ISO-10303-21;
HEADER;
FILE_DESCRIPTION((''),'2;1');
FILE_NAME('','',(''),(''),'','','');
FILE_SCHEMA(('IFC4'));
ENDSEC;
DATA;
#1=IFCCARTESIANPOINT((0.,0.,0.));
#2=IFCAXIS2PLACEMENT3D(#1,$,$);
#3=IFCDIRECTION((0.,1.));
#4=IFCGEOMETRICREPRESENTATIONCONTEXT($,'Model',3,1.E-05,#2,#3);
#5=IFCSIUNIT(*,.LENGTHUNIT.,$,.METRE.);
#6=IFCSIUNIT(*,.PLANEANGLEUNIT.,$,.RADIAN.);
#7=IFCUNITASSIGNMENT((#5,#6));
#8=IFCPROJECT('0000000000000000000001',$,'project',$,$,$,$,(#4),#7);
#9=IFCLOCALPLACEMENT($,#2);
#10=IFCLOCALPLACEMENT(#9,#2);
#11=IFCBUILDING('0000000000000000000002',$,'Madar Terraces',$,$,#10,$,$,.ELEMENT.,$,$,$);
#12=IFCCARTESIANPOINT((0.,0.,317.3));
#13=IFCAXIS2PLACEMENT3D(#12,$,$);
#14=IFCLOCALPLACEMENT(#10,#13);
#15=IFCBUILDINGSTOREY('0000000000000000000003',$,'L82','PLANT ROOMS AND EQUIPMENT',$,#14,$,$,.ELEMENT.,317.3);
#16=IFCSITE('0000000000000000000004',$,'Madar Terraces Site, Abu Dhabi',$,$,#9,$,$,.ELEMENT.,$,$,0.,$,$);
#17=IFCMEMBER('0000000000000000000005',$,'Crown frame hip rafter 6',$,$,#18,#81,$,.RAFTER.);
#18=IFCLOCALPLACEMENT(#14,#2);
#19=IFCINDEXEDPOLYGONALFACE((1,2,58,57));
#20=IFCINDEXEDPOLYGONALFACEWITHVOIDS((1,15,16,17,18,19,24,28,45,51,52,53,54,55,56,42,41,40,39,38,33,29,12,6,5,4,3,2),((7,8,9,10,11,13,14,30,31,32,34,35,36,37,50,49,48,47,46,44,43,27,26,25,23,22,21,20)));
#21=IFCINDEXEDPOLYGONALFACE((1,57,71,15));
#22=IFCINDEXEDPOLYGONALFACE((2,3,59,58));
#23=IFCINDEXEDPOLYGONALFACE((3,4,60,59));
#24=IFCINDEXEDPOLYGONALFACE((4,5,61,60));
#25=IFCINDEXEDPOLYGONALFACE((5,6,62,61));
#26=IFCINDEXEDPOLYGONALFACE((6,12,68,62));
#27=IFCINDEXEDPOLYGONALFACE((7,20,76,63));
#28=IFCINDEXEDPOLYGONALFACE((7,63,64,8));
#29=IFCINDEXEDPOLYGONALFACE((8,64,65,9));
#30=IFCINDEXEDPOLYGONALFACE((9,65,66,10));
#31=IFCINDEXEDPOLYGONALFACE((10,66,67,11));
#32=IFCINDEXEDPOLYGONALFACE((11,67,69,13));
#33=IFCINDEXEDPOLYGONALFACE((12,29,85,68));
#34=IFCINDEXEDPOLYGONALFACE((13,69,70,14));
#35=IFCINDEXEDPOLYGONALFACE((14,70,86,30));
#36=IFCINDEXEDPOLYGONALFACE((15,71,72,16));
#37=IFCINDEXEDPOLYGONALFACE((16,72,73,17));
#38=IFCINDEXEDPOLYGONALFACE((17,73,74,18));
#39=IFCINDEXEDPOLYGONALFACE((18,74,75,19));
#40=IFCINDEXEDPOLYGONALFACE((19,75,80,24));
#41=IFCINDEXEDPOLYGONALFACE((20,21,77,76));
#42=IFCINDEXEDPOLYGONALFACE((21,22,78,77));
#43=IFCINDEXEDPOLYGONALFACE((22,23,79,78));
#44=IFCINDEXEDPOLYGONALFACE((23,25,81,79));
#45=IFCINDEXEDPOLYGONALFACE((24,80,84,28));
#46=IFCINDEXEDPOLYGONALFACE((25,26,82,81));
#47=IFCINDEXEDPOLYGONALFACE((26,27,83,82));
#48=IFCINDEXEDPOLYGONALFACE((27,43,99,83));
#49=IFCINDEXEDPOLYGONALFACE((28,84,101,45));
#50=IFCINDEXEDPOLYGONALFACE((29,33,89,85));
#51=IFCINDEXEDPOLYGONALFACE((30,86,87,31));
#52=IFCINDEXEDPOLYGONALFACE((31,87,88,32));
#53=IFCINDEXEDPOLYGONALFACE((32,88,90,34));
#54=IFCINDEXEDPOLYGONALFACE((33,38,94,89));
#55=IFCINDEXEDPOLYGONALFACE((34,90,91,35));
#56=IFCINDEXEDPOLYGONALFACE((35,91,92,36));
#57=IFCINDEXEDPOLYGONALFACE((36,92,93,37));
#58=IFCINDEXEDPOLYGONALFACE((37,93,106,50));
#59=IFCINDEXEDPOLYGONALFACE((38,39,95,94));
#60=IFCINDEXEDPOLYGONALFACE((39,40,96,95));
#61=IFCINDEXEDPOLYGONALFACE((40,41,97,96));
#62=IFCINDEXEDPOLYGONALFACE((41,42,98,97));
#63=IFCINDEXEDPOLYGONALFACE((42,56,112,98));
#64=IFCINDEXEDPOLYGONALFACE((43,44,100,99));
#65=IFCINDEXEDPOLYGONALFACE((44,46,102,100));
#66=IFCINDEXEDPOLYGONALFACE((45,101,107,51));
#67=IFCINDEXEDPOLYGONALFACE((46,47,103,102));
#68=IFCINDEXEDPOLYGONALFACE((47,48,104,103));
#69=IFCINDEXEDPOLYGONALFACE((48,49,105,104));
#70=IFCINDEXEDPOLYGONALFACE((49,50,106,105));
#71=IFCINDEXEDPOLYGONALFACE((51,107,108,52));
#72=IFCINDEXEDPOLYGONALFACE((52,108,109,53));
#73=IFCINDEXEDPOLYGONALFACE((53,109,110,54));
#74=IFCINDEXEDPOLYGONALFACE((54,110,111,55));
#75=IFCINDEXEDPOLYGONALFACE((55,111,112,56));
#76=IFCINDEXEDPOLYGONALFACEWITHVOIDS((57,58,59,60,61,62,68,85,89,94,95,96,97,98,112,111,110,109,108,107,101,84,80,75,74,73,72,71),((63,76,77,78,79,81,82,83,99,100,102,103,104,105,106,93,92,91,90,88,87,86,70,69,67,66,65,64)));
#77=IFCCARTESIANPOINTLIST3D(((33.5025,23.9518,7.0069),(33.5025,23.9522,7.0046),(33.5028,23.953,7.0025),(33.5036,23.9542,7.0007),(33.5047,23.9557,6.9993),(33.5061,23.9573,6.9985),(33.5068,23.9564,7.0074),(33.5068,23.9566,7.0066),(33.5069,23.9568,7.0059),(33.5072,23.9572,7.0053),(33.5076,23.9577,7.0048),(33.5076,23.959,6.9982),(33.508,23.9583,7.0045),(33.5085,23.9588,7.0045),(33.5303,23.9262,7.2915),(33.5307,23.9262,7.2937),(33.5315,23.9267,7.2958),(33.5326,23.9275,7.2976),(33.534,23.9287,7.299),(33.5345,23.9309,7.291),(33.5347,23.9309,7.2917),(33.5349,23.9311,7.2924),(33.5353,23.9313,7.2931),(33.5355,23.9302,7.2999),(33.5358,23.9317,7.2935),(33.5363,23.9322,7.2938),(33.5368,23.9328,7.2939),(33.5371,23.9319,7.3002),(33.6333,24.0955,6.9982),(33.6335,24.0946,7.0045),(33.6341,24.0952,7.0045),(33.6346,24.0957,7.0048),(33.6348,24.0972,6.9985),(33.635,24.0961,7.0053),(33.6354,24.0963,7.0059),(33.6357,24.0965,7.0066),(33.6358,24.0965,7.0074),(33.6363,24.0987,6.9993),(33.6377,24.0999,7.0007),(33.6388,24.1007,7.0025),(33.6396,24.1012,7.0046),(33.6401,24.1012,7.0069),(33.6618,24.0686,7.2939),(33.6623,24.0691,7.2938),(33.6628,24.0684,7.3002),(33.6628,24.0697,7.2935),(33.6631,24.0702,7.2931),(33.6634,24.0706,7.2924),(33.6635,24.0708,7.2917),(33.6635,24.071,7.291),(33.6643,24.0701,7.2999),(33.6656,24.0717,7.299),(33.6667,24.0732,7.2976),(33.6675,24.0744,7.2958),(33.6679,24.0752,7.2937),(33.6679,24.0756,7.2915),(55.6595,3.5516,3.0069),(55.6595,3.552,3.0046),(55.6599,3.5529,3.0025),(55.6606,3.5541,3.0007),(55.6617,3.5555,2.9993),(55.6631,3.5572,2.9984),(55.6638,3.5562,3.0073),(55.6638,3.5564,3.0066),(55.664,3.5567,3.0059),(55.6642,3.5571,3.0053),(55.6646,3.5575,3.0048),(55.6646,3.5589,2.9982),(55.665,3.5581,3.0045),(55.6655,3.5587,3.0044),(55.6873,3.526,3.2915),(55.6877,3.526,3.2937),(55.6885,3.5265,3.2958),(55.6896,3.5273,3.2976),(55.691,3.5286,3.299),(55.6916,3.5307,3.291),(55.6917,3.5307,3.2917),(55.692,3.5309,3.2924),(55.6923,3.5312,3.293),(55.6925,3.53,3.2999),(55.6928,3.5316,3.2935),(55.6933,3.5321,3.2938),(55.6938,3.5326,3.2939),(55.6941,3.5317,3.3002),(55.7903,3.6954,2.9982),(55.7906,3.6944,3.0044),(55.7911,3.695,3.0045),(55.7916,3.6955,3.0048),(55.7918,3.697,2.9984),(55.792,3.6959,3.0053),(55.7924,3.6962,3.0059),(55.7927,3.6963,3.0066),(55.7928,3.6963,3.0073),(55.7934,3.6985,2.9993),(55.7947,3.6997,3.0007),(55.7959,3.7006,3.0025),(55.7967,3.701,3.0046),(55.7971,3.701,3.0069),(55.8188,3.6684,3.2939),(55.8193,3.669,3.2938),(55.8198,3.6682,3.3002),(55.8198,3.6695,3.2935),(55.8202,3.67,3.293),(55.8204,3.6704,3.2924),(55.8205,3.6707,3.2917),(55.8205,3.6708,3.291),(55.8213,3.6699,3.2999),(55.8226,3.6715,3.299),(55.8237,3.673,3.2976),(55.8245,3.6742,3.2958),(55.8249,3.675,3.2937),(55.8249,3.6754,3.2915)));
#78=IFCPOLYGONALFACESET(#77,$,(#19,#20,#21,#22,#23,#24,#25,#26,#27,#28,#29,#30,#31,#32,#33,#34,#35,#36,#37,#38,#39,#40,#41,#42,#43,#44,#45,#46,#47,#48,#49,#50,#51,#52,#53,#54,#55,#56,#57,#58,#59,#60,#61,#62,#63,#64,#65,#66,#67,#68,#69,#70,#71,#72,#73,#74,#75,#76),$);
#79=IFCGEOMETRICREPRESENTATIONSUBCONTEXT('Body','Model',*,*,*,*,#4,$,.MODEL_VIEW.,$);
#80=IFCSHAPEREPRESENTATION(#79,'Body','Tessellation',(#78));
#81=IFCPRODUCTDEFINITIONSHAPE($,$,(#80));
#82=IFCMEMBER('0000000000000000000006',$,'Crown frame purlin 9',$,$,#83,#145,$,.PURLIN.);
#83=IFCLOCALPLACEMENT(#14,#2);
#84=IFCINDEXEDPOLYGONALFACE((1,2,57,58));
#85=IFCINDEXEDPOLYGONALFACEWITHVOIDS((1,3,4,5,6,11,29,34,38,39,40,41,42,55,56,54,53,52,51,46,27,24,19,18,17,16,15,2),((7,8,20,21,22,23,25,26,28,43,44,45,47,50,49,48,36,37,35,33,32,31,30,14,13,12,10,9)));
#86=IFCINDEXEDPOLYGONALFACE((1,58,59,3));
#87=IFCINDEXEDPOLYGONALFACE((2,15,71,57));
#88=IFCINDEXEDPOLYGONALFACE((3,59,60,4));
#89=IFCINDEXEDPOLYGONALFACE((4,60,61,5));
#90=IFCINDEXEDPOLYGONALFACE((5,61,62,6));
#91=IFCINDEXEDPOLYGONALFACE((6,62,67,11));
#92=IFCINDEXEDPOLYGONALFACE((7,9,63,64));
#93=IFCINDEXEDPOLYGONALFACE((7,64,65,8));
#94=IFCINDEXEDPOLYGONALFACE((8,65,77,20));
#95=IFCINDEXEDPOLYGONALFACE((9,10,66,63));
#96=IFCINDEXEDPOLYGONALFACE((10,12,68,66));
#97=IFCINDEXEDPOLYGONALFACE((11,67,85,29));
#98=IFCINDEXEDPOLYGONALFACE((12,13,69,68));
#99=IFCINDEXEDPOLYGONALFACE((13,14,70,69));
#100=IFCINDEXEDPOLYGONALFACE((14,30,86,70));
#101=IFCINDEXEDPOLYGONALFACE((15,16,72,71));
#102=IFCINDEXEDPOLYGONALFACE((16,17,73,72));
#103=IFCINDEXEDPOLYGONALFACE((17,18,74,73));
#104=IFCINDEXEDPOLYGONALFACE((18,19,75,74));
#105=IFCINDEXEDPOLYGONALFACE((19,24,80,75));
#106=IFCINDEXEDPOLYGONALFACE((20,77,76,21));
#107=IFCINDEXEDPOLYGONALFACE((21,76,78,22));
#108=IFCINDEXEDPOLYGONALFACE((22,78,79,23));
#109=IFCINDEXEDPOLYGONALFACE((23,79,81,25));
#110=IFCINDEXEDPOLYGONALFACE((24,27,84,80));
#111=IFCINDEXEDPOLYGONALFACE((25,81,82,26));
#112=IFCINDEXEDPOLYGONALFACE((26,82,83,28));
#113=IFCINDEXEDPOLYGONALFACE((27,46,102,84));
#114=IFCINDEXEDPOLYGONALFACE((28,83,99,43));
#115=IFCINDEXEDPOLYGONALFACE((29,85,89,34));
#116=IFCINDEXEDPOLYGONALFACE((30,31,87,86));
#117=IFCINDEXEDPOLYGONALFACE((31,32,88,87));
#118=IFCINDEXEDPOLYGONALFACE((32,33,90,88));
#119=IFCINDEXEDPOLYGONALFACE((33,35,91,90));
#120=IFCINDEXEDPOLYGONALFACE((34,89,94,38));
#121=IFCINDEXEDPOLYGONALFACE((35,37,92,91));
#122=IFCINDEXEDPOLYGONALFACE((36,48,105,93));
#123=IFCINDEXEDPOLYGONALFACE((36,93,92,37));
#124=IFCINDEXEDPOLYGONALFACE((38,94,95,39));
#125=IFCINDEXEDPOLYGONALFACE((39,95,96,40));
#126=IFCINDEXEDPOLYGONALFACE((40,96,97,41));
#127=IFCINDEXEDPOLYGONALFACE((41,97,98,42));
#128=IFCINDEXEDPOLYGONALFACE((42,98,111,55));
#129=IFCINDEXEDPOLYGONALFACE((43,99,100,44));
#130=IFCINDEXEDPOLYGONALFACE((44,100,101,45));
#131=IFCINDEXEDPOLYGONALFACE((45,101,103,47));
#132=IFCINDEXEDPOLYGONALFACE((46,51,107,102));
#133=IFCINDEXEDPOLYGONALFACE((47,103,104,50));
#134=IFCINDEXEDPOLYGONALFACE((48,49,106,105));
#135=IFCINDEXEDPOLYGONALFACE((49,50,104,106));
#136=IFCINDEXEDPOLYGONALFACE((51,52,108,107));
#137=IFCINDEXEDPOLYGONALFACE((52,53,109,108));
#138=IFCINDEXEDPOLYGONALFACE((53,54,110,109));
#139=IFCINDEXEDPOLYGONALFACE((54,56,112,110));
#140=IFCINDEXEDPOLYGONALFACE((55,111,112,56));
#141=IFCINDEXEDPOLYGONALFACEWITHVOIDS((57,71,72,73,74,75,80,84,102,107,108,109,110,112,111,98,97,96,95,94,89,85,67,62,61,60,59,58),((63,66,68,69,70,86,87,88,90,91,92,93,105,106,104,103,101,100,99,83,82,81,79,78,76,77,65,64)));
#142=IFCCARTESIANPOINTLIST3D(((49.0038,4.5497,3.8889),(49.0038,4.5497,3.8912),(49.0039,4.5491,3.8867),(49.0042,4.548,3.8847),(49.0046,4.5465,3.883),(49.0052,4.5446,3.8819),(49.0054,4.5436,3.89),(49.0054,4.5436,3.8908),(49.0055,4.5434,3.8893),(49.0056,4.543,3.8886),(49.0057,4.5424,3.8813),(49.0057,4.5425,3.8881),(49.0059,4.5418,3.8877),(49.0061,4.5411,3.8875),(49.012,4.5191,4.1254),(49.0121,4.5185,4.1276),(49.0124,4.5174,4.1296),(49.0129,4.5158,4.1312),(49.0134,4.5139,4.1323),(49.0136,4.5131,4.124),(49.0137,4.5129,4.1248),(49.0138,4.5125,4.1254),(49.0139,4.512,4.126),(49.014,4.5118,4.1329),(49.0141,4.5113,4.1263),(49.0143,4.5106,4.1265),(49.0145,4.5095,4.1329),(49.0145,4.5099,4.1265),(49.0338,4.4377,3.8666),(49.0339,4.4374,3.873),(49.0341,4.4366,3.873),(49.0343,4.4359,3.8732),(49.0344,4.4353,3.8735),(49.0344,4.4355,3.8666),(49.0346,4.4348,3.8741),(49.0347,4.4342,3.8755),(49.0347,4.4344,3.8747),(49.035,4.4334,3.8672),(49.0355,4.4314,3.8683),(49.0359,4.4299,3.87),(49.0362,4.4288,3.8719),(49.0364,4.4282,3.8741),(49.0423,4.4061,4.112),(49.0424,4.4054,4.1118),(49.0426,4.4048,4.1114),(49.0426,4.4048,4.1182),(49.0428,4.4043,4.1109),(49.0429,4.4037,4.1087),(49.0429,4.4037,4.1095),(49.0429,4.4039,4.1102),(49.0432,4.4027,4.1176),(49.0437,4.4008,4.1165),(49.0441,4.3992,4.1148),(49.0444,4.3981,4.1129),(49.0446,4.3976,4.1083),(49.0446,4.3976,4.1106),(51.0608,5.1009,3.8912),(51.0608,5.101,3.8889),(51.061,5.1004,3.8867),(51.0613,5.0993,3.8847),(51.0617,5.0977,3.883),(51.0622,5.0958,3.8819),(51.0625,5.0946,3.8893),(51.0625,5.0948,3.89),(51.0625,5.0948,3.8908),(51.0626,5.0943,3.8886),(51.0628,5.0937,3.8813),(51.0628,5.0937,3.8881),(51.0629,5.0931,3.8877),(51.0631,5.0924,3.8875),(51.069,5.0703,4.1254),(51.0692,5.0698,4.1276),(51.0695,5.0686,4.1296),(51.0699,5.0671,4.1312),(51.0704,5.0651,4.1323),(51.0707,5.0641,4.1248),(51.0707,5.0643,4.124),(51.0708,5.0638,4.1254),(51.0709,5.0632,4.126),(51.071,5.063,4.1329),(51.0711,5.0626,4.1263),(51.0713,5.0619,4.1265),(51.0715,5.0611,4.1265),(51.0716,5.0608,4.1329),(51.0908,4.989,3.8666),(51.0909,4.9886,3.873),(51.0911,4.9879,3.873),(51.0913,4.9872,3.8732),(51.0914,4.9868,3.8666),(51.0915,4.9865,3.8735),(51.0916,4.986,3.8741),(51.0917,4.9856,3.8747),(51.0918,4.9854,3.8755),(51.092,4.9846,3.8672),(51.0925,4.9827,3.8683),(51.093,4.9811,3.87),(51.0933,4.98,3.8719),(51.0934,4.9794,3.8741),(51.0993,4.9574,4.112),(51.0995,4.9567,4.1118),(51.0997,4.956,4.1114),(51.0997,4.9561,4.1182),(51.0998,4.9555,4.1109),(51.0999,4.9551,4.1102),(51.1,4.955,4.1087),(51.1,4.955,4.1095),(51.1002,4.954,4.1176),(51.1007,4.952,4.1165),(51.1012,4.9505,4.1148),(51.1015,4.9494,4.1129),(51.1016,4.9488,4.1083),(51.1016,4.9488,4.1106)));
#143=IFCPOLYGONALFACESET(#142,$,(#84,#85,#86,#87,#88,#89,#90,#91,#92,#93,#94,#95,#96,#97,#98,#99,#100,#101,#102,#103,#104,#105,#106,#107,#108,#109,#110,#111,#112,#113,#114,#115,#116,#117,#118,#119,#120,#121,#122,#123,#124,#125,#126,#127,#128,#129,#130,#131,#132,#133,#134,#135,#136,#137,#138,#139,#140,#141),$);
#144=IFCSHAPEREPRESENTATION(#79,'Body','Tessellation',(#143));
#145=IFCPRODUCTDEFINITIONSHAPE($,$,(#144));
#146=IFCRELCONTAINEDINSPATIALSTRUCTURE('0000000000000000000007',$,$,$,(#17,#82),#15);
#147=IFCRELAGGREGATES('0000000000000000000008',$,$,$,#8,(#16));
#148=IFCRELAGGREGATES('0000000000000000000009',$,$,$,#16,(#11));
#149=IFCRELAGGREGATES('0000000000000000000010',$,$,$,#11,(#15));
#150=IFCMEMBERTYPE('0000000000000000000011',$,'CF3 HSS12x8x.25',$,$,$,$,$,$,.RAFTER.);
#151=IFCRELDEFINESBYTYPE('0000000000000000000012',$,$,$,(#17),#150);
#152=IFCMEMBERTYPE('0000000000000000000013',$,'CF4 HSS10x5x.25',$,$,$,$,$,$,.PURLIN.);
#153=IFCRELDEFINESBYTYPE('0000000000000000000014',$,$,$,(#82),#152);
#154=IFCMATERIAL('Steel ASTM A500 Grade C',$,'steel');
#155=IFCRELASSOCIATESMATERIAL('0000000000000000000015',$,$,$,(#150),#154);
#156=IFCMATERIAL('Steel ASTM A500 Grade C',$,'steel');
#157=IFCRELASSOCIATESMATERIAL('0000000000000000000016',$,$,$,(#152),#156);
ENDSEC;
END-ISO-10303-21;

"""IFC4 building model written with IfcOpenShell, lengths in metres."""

from ifc_helpers import new_model, si_unit, direction, frame, origin, origin_2d, place, context, subcontext, project, spatial, hollow_rectangle, extrude, material, material_profile, profile_set, type_object, element, save


model = new_model("IFC4")

# Units and contexts
model_context = context("Model", 3, precision=1e-05, world=origin(), true_north=direction((0.0, 1.0)))
body_context = subcontext(model_context, "Body", "Model", "MODEL_VIEW")
ifc_project = project(units=[si_unit("LENGTHUNIT", "METRE"), si_unit("PLANEANGLEUNIT", "RADIAN")], contexts=[model_context])

# Site, building, storey
site_placement = place(None, origin())
site = spatial("IfcSite", under=ifc_project, at=site_placement, Name="Madar Terraces Site, Abu Dhabi", CompositionType="ELEMENT", RefElevation=0.0)
building_placement = place(site_placement, origin())
building = spatial("IfcBuilding", under=site, at=building_placement, Name="Madar Terraces", CompositionType="ELEMENT")
storey_placement = place(building_placement, frame((0.0, 0.0, 317.3)))
storey = spatial("IfcBuildingStorey", under=building, at=storey_placement, Name="L82", Description="PLANT ROOMS AND EQUIPMENT", CompositionType="ELEMENT", Elevation=317.3)

# Members
ifc_material_1 = material(Name="Steel ASTM A500 Grade C", Category="steel")
ifc_material_profile_1 = material_profile(ifc_material_1, hollow_rectangle(XDim=0.2031, YDim=0.3047, WallThickness=0.0063, InnerFilletRadius=0.0029, OuterFilletRadius=0.0088, at=origin_2d()), Name="HSS12x8x.25")
ifc_profile_set_1 = profile_set([ifc_material_profile_1], Name="Steel ASTM A500 Grade C")
member_type_1 = type_object("IfcMemberType", Name="CF3 HSS12x8x.25", PredefinedType="RAFTER", material=ifc_profile_set_1)
member_1_placement = place(storey_placement, frame((55.7422, 3.6135, 3.1492), z_axis=(-0.729267, 0.671443, 0.131655), x_axis=(-0.677339, -0.735671, 0.0)))
element("IfcMember", 1, at=member_1_placement, inside=storey, type_object=member_type_1, Name="Crown frame hip rafter 6", PredefinedType="RAFTER", context=body_context, shape_type="SweptSolid", body=[
    extrude(hollow_rectangle(XDim=0.2031, YDim=0.3047, WallThickness=0.0063, InnerFilletRadius=0.0029, OuterFilletRadius=0.0088, at=origin_2d()), origin(), (0.0, 0.0, 1.0), 30.3826),
])
ifc_material_2 = material(Name="Steel ASTM A500 Grade C", Category="steel")
ifc_material_profile_2 = material_profile(ifc_material_2, hollow_rectangle(XDim=0.127, YDim=0.2539, WallThickness=0.0063, InnerFilletRadius=0.0029, OuterFilletRadius=0.0088, at=origin_2d()), Name="HSS10x5x.25")
ifc_profile_set_2 = profile_set([ifc_material_profile_2], Name="Steel ASTM A500 Grade C")
member_type_2 = type_object("IfcMemberType", Name="CF4 HSS10x5x.25", PredefinedType="PURLIN", material=ifc_profile_set_2)
for number, where, z_axis, x_axis, name in (
    (2, (49.0242, 4.4736, 3.9998), (0.965918, 0.258847, 0.0), (-0.256509, 0.957196, 0.134086), "Crown frame purlin 9"),
):
    element("IfcMember", number, at=place(storey_placement, frame(where, z_axis=z_axis, x_axis=x_axis)), inside=storey, type_object=member_type_2, Name=name, PredefinedType="PURLIN", context=body_context, shape_type="SweptSolid", body=[
        extrude(hollow_rectangle(XDim=0.127, YDim=0.2539, WallThickness=0.0063, InnerFilletRadius=0.0029, OuterFilletRadius=0.0088, at=origin_2d()), origin(), (0.0, 0.0, 1.0), 2.1296),
    ])

save(model, "model.ifc")
